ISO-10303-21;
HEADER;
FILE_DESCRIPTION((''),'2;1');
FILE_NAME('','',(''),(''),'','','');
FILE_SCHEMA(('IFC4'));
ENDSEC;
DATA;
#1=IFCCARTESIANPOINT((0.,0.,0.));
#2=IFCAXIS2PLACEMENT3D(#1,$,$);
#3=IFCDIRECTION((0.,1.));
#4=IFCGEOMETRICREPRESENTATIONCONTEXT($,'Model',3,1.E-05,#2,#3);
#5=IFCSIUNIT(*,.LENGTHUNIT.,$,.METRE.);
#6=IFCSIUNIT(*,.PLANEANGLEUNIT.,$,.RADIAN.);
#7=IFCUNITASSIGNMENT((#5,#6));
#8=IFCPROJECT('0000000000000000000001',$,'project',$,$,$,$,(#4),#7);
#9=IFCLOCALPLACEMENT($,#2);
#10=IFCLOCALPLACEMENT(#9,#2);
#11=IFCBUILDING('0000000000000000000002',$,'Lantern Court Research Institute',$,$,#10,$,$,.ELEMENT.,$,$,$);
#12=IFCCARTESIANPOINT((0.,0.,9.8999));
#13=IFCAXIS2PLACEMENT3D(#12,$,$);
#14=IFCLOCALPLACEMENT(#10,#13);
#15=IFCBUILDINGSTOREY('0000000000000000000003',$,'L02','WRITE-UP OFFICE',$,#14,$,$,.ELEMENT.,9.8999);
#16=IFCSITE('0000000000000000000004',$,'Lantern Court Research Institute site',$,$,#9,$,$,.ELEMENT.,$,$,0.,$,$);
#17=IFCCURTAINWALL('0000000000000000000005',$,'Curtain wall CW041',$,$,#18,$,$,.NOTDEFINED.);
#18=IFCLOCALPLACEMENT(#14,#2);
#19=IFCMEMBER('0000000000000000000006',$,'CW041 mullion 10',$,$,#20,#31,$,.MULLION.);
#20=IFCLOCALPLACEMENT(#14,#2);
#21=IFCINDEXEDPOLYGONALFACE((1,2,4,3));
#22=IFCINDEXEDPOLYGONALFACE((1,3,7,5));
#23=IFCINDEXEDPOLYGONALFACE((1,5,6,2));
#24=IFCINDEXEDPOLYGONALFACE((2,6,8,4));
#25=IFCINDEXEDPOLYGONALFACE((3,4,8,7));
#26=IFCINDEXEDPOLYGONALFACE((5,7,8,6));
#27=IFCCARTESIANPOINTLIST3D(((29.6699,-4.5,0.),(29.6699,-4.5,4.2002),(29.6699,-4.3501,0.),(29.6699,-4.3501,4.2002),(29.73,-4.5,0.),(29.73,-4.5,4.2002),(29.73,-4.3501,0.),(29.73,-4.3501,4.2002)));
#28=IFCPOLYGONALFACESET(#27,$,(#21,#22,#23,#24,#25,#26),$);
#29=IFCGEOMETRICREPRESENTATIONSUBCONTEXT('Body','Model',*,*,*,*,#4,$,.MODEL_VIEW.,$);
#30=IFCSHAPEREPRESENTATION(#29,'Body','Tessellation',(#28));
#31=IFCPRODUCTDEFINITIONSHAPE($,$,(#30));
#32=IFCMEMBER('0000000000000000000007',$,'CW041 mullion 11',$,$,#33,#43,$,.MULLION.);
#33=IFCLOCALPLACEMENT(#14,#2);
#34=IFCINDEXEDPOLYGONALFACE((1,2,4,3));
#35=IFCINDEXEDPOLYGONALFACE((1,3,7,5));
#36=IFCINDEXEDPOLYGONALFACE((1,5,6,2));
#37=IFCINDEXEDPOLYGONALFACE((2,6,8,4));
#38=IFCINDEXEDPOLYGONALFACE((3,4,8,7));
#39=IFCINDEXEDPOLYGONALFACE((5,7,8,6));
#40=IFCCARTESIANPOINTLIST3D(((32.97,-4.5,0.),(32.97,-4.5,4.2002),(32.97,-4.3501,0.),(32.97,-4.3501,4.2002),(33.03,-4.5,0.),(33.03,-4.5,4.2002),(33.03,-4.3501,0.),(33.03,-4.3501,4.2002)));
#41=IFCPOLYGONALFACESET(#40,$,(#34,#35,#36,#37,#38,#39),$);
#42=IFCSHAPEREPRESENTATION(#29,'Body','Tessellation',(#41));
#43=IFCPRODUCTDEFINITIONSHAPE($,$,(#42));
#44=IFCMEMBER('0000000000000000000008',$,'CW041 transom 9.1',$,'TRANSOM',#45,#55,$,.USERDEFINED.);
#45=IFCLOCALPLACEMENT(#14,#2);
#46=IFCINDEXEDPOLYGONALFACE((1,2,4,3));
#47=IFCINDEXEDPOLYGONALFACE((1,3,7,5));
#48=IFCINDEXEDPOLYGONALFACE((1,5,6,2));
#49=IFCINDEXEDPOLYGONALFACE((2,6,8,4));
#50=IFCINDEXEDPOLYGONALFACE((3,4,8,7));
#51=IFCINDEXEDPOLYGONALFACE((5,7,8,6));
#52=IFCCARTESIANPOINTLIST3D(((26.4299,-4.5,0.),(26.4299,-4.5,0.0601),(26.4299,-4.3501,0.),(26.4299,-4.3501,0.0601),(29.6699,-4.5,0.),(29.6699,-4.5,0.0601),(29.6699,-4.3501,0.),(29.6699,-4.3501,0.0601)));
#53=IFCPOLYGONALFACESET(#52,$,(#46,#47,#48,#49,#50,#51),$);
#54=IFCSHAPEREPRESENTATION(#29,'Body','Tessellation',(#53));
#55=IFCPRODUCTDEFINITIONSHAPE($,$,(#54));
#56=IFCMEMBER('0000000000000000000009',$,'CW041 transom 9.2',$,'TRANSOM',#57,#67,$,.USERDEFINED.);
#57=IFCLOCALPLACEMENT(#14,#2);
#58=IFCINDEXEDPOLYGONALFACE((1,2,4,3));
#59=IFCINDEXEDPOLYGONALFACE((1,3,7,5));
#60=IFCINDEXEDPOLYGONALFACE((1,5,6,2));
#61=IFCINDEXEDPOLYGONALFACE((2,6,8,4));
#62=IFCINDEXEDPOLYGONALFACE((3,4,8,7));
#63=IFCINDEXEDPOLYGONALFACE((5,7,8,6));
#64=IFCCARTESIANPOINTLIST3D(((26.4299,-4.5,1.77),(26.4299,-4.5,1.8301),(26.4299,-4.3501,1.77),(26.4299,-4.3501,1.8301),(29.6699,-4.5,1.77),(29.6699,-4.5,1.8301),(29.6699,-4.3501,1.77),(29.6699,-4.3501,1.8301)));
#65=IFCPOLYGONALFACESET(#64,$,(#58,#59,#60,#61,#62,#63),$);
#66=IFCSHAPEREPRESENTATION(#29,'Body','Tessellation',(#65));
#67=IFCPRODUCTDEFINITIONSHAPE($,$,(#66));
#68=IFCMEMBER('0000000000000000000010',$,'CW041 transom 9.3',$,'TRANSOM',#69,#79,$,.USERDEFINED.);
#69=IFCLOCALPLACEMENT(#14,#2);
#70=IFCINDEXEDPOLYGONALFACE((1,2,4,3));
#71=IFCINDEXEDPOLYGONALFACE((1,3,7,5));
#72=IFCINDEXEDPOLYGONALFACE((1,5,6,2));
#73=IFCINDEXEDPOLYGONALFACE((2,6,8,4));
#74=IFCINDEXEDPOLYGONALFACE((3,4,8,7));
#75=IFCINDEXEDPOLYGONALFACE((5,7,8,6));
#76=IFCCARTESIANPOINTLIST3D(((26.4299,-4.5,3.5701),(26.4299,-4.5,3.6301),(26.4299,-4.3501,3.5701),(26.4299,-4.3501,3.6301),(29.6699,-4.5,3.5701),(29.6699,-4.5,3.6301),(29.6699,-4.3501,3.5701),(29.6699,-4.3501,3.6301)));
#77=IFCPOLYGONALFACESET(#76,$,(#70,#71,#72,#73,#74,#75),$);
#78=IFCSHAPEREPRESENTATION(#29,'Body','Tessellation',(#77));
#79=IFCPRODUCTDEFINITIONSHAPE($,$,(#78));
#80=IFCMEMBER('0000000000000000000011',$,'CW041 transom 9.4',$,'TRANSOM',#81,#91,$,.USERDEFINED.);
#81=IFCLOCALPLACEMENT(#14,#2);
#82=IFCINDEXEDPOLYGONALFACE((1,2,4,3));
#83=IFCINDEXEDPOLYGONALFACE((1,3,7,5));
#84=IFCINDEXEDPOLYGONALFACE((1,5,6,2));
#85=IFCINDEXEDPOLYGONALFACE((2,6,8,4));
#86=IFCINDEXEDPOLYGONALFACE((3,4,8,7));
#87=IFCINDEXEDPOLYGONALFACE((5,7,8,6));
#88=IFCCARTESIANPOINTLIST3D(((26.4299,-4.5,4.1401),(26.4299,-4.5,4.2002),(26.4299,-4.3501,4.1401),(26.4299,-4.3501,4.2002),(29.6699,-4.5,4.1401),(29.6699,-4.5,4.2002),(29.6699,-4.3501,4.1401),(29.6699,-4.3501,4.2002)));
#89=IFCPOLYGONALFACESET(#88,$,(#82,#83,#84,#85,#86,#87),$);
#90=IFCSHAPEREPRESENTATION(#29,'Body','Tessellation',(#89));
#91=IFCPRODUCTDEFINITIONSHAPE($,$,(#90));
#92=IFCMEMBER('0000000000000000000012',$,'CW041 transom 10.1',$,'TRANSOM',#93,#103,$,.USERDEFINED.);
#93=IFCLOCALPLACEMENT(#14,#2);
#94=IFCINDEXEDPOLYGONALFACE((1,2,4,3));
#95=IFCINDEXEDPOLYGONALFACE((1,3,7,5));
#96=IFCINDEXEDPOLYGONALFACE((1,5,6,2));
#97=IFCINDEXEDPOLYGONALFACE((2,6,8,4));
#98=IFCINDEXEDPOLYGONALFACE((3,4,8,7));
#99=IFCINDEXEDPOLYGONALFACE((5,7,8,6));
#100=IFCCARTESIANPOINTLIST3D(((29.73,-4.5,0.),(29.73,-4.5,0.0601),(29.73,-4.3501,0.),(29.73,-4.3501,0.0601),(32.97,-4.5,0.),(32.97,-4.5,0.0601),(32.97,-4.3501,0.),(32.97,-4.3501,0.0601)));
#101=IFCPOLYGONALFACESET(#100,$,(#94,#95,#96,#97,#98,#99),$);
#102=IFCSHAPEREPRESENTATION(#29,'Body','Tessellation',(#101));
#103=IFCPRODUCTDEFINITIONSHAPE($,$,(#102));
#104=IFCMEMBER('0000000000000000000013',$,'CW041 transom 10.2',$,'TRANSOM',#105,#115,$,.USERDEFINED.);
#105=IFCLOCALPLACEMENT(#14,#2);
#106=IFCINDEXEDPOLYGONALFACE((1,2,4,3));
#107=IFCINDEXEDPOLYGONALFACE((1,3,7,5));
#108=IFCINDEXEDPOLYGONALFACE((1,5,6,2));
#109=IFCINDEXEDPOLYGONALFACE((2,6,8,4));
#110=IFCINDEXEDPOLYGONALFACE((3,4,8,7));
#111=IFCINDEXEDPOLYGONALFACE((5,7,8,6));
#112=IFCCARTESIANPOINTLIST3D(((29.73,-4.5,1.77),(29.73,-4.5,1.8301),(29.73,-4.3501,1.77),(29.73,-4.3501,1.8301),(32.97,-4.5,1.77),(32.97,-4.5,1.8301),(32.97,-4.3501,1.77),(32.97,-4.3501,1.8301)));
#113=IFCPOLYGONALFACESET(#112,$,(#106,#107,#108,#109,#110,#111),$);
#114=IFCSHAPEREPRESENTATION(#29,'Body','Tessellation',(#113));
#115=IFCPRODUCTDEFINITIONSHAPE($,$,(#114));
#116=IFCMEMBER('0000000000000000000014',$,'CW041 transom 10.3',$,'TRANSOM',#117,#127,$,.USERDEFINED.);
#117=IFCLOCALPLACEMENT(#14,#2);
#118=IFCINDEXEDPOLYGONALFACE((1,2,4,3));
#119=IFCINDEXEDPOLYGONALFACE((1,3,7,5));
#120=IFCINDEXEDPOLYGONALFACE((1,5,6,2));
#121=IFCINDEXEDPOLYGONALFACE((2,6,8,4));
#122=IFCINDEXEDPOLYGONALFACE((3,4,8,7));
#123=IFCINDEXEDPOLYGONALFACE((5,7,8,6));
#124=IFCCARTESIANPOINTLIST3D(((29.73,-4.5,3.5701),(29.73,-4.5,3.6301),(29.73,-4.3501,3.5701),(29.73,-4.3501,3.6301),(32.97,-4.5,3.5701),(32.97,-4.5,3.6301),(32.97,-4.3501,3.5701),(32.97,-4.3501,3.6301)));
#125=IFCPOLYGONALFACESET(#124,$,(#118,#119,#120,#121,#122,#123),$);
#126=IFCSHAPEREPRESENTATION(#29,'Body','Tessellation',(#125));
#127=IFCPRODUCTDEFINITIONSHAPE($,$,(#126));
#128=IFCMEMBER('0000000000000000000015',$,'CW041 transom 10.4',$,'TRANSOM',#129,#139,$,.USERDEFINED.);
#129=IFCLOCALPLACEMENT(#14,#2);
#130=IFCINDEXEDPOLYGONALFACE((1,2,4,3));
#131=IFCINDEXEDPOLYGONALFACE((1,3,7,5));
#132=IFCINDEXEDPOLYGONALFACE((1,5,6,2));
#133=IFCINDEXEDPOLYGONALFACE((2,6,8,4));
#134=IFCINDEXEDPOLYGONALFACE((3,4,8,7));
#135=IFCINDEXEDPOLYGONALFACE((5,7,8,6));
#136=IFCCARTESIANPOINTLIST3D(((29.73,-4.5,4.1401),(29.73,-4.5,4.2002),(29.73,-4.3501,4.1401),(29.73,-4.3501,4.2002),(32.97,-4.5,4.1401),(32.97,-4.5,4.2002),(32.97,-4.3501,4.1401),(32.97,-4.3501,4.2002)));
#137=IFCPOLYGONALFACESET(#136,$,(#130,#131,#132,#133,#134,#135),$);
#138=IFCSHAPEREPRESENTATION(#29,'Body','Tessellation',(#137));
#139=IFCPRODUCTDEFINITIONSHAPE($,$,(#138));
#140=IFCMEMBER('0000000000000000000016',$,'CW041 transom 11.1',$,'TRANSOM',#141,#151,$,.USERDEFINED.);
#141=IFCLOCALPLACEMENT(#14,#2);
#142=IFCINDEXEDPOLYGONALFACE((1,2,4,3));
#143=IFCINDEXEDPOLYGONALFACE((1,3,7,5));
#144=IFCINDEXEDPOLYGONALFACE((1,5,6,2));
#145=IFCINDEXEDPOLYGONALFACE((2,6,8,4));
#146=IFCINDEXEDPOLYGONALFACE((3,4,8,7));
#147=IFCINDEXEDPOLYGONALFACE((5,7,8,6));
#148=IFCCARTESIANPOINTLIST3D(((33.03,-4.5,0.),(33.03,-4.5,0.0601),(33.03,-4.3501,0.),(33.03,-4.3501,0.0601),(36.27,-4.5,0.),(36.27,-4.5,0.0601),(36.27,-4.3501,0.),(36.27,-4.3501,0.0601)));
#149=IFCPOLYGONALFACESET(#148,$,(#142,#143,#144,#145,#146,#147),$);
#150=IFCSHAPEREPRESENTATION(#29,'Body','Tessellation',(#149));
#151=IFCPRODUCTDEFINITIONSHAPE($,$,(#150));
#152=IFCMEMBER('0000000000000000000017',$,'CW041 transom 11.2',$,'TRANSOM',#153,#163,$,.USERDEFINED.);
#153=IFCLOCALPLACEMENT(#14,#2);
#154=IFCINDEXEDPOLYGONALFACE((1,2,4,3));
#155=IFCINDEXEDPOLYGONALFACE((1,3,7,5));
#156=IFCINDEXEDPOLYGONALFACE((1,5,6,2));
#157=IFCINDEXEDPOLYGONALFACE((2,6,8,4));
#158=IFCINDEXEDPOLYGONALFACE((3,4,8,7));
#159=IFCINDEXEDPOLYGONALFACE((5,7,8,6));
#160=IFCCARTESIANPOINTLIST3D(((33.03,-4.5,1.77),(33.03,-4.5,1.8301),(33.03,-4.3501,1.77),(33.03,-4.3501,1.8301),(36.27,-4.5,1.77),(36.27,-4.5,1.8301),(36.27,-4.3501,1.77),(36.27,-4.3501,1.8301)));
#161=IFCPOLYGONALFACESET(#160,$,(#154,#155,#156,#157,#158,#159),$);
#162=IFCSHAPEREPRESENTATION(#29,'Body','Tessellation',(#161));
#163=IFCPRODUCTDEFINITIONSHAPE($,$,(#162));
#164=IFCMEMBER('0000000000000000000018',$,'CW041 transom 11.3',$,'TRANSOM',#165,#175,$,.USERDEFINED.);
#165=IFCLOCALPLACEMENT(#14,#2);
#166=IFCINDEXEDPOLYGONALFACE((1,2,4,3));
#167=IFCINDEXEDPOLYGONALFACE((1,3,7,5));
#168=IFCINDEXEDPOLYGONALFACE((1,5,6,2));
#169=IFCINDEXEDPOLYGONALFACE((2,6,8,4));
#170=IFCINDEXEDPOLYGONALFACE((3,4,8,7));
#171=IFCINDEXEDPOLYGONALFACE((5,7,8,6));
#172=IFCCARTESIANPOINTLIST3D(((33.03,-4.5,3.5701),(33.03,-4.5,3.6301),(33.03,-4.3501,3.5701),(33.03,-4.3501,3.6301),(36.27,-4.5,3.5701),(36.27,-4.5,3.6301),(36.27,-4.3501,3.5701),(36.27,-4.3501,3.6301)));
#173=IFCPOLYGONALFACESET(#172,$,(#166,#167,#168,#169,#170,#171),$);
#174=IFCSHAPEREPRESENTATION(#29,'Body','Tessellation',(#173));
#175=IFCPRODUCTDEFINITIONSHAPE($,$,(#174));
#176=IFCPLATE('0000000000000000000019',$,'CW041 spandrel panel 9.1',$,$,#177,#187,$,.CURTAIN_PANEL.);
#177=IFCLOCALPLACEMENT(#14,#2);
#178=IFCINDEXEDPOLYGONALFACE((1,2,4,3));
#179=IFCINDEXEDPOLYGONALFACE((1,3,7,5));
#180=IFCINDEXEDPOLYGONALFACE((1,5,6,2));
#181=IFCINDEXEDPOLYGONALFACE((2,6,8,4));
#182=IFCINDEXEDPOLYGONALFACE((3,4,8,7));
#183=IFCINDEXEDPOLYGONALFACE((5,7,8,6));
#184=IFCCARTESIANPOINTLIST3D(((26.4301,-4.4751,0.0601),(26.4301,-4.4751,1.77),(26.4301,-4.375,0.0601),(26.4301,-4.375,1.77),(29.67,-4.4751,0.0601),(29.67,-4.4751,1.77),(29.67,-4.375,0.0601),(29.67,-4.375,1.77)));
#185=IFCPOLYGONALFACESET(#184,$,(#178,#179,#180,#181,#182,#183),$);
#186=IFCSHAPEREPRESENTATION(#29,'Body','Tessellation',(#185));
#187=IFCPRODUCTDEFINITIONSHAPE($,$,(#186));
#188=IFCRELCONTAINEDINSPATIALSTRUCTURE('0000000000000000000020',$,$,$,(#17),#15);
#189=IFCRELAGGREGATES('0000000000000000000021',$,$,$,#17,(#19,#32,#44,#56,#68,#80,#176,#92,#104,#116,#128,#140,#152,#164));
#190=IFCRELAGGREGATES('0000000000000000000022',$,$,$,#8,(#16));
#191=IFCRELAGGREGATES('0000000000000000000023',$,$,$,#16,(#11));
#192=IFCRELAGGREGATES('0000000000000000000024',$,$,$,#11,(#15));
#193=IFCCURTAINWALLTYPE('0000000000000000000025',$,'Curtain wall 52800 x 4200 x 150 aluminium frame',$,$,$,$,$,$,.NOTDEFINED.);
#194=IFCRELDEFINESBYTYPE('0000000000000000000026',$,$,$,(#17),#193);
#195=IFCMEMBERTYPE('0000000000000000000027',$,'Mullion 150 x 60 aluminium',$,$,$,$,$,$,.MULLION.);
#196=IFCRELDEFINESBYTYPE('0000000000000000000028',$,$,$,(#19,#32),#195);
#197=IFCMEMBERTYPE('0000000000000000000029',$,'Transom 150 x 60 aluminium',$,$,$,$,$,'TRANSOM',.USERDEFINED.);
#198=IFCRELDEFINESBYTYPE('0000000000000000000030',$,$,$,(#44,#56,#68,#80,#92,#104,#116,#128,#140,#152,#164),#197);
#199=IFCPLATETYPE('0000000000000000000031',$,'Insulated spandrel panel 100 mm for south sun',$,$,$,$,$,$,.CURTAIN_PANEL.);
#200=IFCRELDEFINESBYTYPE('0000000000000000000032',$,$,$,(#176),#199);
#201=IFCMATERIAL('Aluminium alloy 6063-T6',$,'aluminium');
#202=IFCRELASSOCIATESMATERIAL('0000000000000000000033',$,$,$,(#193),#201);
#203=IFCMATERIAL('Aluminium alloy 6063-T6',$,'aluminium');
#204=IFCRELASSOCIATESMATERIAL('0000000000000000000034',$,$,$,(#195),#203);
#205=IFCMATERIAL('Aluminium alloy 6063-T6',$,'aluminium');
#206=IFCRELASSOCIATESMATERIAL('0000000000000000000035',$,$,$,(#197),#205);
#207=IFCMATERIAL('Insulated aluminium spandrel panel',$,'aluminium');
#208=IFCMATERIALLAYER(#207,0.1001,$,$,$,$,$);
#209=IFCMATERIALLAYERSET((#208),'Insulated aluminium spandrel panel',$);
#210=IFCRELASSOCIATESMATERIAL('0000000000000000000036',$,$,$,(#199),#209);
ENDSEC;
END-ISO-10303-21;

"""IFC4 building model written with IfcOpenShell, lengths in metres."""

from ifc_helpers import new_model, si_unit, direction, frame, origin, origin_2d, place, context, subcontext, project, spatial, rectangle, extrude, material, layer, layer_set, material_profile, profile_set, type_object, element, aggregate, save


model = new_model("IFC4")

# Units and contexts
model_context = context("Model", 3, precision=1e-05, world=origin(), true_north=direction((0.0, 1.0)))
body_context = subcontext(model_context, "Body", "Model", "MODEL_VIEW")
ifc_project = project(units=[si_unit("LENGTHUNIT", "METRE"), si_unit("PLANEANGLEUNIT", "RADIAN")], contexts=[model_context])

# Site, building, storey
site_placement = place(None, origin())
site = spatial("IfcSite", under=ifc_project, at=site_placement, Name="Lantern Court Research Institute site", CompositionType="ELEMENT", RefElevation=0.0)
building_placement = place(site_placement, origin())
building = spatial("IfcBuilding", under=site, at=building_placement, Name="Lantern Court Research Institute", CompositionType="ELEMENT")
storey_placement = place(building_placement, frame((0.0, 0.0, 9.8999)))
storey = spatial("IfcBuildingStorey", under=building, at=storey_placement, Name="L02", Description="WRITE-UP OFFICE", CompositionType="ELEMENT", Elevation=9.8999)

# Curtain wall, members, plate
ifc_material_1 = material(Name="Aluminium alloy 6063-T6", Category="aluminium")
curtain_wall_type = type_object("IfcCurtainWallType", Name="Curtain wall 52800 x 4200 x 150 aluminium frame", PredefinedType="NOTDEFINED", material=ifc_material_1)
curtain_wall_placement = place(storey_placement, origin())
curtain_wall = element("IfcCurtainWall", 1, at=curtain_wall_placement, inside=storey, type_object=curtain_wall_type, Name="Curtain wall CW041", PredefinedType="NOTDEFINED")
ifc_material_2 = material(Name="Aluminium alloy 6063-T6", Category="aluminium")
ifc_material_profile_1 = material_profile(ifc_material_2, rectangle(XDim=0.1499, YDim=0.0601, at=origin_2d()), Name="Mullion 150 x 60")
ifc_profile_set_1 = profile_set([ifc_material_profile_1], Name="Aluminium alloy 6063-T6")
member_type_1 = type_object("IfcMemberType", Name="Mullion 150 x 60 aluminium", PredefinedType="MULLION", material=ifc_profile_set_1)
member_1_placement = place(storey_placement, frame((29.7, -4.425, 0.0), z_axis=(0.0, 0.0, 1.0), x_axis=(0.0, -1.0, 0.0)))
member_1 = element("IfcMember", 2, at=member_1_placement, type_object=member_type_1, Name="CW041 mullion 10", PredefinedType="MULLION", context=body_context, shape_type="SweptSolid", body=[
    extrude(rectangle(XDim=0.1499, YDim=0.0601, at=origin_2d()), origin(), (0.0, 0.0, 1.0), 4.2002),
])
member_2_placement = place(storey_placement, frame((33.0, -4.425, 0.0), z_axis=(0.0, 0.0, 1.0), x_axis=(0.0, -1.0, 0.0)))
member_2 = element("IfcMember", 3, at=member_2_placement, type_object=member_type_1, Name="CW041 mullion 11", PredefinedType="MULLION", context=body_context, shape_type="SweptSolid", body=[
    extrude(rectangle(XDim=0.1499, YDim=0.0601, at=origin_2d()), origin(), (0.0, 0.0, 1.0), 4.2002),
])
ifc_material_3 = material(Name="Aluminium alloy 6063-T6", Category="aluminium")
ifc_material_profile_2 = material_profile(ifc_material_3, rectangle(XDim=0.1499, YDim=0.0601, at=origin_2d()), Name="Transom 150 x 60")
ifc_profile_set_2 = profile_set([ifc_material_profile_2], Name="Aluminium alloy 6063-T6")
member_type_2 = type_object("IfcMemberType", Name="Transom 150 x 60 aluminium", ElementType="TRANSOM", PredefinedType="USERDEFINED", material=ifc_profile_set_2)
member_3_placement = place(storey_placement, frame((29.6699, -4.425, 0.03), z_axis=(-1.0, 0.0, 0.0), x_axis=(0.0, -1.0, 0.0)))
member_3 = element("IfcMember", 4, at=member_3_placement, type_object=member_type_2, Name="CW041 transom 9.1", ObjectType="TRANSOM", PredefinedType="USERDEFINED", context=body_context, shape_type="SweptSolid", body=[
    extrude(rectangle(XDim=0.1499, YDim=0.0601, at=origin_2d()), origin(), (0.0, 0.0, 1.0), 3.24),
])
member_4_placement = place(storey_placement, frame((29.6699, -4.425, 1.8), z_axis=(-1.0, 0.0, 0.0), x_axis=(0.0, -1.0, 0.0)))
member_4 = element("IfcMember", 5, at=member_4_placement, type_object=member_type_2, Name="CW041 transom 9.2", ObjectType="TRANSOM", PredefinedType="USERDEFINED", context=body_context, shape_type="SweptSolid", body=[
    extrude(rectangle(XDim=0.1499, YDim=0.0601, at=origin_2d()), origin(), (0.0, 0.0, 1.0), 3.24),
])
member_5_placement = place(storey_placement, frame((29.6699, -4.425, 3.6001), z_axis=(-1.0, 0.0, 0.0), x_axis=(0.0, -1.0, 0.0)))
member_5 = element("IfcMember", 6, at=member_5_placement, type_object=member_type_2, Name="CW041 transom 9.3", ObjectType="TRANSOM", PredefinedType="USERDEFINED", context=body_context, shape_type="SweptSolid", body=[
    extrude(rectangle(XDim=0.1499, YDim=0.0601, at=origin_2d()), origin(), (0.0, 0.0, 1.0), 3.24),
])
member_6_placement = place(storey_placement, frame((29.6699, -4.425, 4.1702), z_axis=(-1.0, 0.0, 0.0), x_axis=(0.0, -1.0, 0.0)))
member_6 = element("IfcMember", 7, at=member_6_placement, type_object=member_type_2, Name="CW041 transom 9.4", ObjectType="TRANSOM", PredefinedType="USERDEFINED", context=body_context, shape_type="SweptSolid", body=[
    extrude(rectangle(XDim=0.1499, YDim=0.0601, at=origin_2d()), origin(), (0.0, 0.0, 1.0), 3.24),
])
member_7_placement = place(storey_placement, frame((32.97, -4.425, 0.03), z_axis=(-1.0, 0.0, 0.0), x_axis=(0.0, -1.0, 0.0)))
member_7 = element("IfcMember", 8, at=member_7_placement, type_object=member_type_2, Name="CW041 transom 10.1", ObjectType="TRANSOM", PredefinedType="USERDEFINED", context=body_context, shape_type="SweptSolid", body=[
    extrude(rectangle(XDim=0.1499, YDim=0.0601, at=origin_2d()), origin(), (0.0, 0.0, 1.0), 3.24),
])
member_8_placement = place(storey_placement, frame((32.97, -4.425, 1.8), z_axis=(-1.0, 0.0, 0.0), x_axis=(0.0, -1.0, 0.0)))
member_8 = element("IfcMember", 9, at=member_8_placement, type_object=member_type_2, Name="CW041 transom 10.2", ObjectType="TRANSOM", PredefinedType="USERDEFINED", context=body_context, shape_type="SweptSolid", body=[
    extrude(rectangle(XDim=0.1499, YDim=0.0601, at=origin_2d()), origin(), (0.0, 0.0, 1.0), 3.24),
])
member_9_placement = place(storey_placement, frame((32.97, -4.425, 3.6001), z_axis=(-1.0, 0.0, 0.0), x_axis=(0.0, -1.0, 0.0)))
member_9 = element("IfcMember", 10, at=member_9_placement, type_object=member_type_2, Name="CW041 transom 10.3", ObjectType="TRANSOM", PredefinedType="USERDEFINED", context=body_context, shape_type="SweptSolid", body=[
    extrude(rectangle(XDim=0.1499, YDim=0.0601, at=origin_2d()), origin(), (0.0, 0.0, 1.0), 3.24),
])
member_10_placement = place(storey_placement, frame((32.97, -4.425, 4.1702), z_axis=(-1.0, 0.0, 0.0), x_axis=(0.0, -1.0, 0.0)))
member_10 = element("IfcMember", 11, at=member_10_placement, type_object=member_type_2, Name="CW041 transom 10.4", ObjectType="TRANSOM", PredefinedType="USERDEFINED", context=body_context, shape_type="SweptSolid", body=[
    extrude(rectangle(XDim=0.1499, YDim=0.0601, at=origin_2d()), origin(), (0.0, 0.0, 1.0), 3.24),
])
member_11_placement = place(storey_placement, frame((36.27, -4.425, 0.03), z_axis=(-1.0, 0.0, 0.0), x_axis=(0.0, -1.0, 0.0)))
member_11 = element("IfcMember", 12, at=member_11_placement, type_object=member_type_2, Name="CW041 transom 11.1", ObjectType="TRANSOM", PredefinedType="USERDEFINED", context=body_context, shape_type="SweptSolid", body=[
    extrude(rectangle(XDim=0.1499, YDim=0.0601, at=origin_2d()), origin(), (0.0, 0.0, 1.0), 3.24),
])
member_12_placement = place(storey_placement, frame((36.27, -4.425, 1.8), z_axis=(-1.0, 0.0, 0.0), x_axis=(0.0, -1.0, 0.0)))
member_12 = element("IfcMember", 13, at=member_12_placement, type_object=member_type_2, Name="CW041 transom 11.2", ObjectType="TRANSOM", PredefinedType="USERDEFINED", context=body_context, shape_type="SweptSolid", body=[
    extrude(rectangle(XDim=0.1499, YDim=0.0601, at=origin_2d()), origin(), (0.0, 0.0, 1.0), 3.24),
])
member_13_placement = place(storey_placement, frame((36.27, -4.425, 3.6001), z_axis=(-1.0, 0.0, 0.0), x_axis=(0.0, -1.0, 0.0)))
member_13 = element("IfcMember", 14, at=member_13_placement, type_object=member_type_2, Name="CW041 transom 11.3", ObjectType="TRANSOM", PredefinedType="USERDEFINED", context=body_context, shape_type="SweptSolid", body=[
    extrude(rectangle(XDim=0.1499, YDim=0.0601, at=origin_2d()), origin(), (0.0, 0.0, 1.0), 3.24),
])
ifc_material_4 = material(Name="Insulated aluminium spandrel panel", Category="aluminium")
ifc_layer_1 = layer(ifc_material_4, 0.1001)
ifc_layer_set_1 = layer_set([ifc_layer_1], Name="Insulated aluminium spandrel panel")
plate_type_1 = type_object("IfcPlateType", Name="Insulated spandrel panel 100 mm for south sun", PredefinedType="CURTAIN_PANEL", material=ifc_layer_set_1)
plate_1_placement = place(storey_placement, frame((28.05, -4.425, 0.0601), z_axis=(0.0, 0.0, 1.0), x_axis=(-1.0, 0.0, 0.0)))
plate_1 = element("IfcPlate", 15, at=plate_1_placement, type_object=plate_type_1, Name="CW041 spandrel panel 9.1", PredefinedType="CURTAIN_PANEL", context=body_context, shape_type="SweptSolid", body=[
    extrude(rectangle(XDim=3.24, YDim=0.1001, at=origin_2d()), origin(), (0.0, 0.0, 1.0), 1.71),
])
aggregate(curtain_wall, [member_1, member_2, member_3, member_4, member_5, member_6, plate_1, member_7, member_8, member_9, member_10, member_11, member_12, member_13])

save(model, "model.ifc")
